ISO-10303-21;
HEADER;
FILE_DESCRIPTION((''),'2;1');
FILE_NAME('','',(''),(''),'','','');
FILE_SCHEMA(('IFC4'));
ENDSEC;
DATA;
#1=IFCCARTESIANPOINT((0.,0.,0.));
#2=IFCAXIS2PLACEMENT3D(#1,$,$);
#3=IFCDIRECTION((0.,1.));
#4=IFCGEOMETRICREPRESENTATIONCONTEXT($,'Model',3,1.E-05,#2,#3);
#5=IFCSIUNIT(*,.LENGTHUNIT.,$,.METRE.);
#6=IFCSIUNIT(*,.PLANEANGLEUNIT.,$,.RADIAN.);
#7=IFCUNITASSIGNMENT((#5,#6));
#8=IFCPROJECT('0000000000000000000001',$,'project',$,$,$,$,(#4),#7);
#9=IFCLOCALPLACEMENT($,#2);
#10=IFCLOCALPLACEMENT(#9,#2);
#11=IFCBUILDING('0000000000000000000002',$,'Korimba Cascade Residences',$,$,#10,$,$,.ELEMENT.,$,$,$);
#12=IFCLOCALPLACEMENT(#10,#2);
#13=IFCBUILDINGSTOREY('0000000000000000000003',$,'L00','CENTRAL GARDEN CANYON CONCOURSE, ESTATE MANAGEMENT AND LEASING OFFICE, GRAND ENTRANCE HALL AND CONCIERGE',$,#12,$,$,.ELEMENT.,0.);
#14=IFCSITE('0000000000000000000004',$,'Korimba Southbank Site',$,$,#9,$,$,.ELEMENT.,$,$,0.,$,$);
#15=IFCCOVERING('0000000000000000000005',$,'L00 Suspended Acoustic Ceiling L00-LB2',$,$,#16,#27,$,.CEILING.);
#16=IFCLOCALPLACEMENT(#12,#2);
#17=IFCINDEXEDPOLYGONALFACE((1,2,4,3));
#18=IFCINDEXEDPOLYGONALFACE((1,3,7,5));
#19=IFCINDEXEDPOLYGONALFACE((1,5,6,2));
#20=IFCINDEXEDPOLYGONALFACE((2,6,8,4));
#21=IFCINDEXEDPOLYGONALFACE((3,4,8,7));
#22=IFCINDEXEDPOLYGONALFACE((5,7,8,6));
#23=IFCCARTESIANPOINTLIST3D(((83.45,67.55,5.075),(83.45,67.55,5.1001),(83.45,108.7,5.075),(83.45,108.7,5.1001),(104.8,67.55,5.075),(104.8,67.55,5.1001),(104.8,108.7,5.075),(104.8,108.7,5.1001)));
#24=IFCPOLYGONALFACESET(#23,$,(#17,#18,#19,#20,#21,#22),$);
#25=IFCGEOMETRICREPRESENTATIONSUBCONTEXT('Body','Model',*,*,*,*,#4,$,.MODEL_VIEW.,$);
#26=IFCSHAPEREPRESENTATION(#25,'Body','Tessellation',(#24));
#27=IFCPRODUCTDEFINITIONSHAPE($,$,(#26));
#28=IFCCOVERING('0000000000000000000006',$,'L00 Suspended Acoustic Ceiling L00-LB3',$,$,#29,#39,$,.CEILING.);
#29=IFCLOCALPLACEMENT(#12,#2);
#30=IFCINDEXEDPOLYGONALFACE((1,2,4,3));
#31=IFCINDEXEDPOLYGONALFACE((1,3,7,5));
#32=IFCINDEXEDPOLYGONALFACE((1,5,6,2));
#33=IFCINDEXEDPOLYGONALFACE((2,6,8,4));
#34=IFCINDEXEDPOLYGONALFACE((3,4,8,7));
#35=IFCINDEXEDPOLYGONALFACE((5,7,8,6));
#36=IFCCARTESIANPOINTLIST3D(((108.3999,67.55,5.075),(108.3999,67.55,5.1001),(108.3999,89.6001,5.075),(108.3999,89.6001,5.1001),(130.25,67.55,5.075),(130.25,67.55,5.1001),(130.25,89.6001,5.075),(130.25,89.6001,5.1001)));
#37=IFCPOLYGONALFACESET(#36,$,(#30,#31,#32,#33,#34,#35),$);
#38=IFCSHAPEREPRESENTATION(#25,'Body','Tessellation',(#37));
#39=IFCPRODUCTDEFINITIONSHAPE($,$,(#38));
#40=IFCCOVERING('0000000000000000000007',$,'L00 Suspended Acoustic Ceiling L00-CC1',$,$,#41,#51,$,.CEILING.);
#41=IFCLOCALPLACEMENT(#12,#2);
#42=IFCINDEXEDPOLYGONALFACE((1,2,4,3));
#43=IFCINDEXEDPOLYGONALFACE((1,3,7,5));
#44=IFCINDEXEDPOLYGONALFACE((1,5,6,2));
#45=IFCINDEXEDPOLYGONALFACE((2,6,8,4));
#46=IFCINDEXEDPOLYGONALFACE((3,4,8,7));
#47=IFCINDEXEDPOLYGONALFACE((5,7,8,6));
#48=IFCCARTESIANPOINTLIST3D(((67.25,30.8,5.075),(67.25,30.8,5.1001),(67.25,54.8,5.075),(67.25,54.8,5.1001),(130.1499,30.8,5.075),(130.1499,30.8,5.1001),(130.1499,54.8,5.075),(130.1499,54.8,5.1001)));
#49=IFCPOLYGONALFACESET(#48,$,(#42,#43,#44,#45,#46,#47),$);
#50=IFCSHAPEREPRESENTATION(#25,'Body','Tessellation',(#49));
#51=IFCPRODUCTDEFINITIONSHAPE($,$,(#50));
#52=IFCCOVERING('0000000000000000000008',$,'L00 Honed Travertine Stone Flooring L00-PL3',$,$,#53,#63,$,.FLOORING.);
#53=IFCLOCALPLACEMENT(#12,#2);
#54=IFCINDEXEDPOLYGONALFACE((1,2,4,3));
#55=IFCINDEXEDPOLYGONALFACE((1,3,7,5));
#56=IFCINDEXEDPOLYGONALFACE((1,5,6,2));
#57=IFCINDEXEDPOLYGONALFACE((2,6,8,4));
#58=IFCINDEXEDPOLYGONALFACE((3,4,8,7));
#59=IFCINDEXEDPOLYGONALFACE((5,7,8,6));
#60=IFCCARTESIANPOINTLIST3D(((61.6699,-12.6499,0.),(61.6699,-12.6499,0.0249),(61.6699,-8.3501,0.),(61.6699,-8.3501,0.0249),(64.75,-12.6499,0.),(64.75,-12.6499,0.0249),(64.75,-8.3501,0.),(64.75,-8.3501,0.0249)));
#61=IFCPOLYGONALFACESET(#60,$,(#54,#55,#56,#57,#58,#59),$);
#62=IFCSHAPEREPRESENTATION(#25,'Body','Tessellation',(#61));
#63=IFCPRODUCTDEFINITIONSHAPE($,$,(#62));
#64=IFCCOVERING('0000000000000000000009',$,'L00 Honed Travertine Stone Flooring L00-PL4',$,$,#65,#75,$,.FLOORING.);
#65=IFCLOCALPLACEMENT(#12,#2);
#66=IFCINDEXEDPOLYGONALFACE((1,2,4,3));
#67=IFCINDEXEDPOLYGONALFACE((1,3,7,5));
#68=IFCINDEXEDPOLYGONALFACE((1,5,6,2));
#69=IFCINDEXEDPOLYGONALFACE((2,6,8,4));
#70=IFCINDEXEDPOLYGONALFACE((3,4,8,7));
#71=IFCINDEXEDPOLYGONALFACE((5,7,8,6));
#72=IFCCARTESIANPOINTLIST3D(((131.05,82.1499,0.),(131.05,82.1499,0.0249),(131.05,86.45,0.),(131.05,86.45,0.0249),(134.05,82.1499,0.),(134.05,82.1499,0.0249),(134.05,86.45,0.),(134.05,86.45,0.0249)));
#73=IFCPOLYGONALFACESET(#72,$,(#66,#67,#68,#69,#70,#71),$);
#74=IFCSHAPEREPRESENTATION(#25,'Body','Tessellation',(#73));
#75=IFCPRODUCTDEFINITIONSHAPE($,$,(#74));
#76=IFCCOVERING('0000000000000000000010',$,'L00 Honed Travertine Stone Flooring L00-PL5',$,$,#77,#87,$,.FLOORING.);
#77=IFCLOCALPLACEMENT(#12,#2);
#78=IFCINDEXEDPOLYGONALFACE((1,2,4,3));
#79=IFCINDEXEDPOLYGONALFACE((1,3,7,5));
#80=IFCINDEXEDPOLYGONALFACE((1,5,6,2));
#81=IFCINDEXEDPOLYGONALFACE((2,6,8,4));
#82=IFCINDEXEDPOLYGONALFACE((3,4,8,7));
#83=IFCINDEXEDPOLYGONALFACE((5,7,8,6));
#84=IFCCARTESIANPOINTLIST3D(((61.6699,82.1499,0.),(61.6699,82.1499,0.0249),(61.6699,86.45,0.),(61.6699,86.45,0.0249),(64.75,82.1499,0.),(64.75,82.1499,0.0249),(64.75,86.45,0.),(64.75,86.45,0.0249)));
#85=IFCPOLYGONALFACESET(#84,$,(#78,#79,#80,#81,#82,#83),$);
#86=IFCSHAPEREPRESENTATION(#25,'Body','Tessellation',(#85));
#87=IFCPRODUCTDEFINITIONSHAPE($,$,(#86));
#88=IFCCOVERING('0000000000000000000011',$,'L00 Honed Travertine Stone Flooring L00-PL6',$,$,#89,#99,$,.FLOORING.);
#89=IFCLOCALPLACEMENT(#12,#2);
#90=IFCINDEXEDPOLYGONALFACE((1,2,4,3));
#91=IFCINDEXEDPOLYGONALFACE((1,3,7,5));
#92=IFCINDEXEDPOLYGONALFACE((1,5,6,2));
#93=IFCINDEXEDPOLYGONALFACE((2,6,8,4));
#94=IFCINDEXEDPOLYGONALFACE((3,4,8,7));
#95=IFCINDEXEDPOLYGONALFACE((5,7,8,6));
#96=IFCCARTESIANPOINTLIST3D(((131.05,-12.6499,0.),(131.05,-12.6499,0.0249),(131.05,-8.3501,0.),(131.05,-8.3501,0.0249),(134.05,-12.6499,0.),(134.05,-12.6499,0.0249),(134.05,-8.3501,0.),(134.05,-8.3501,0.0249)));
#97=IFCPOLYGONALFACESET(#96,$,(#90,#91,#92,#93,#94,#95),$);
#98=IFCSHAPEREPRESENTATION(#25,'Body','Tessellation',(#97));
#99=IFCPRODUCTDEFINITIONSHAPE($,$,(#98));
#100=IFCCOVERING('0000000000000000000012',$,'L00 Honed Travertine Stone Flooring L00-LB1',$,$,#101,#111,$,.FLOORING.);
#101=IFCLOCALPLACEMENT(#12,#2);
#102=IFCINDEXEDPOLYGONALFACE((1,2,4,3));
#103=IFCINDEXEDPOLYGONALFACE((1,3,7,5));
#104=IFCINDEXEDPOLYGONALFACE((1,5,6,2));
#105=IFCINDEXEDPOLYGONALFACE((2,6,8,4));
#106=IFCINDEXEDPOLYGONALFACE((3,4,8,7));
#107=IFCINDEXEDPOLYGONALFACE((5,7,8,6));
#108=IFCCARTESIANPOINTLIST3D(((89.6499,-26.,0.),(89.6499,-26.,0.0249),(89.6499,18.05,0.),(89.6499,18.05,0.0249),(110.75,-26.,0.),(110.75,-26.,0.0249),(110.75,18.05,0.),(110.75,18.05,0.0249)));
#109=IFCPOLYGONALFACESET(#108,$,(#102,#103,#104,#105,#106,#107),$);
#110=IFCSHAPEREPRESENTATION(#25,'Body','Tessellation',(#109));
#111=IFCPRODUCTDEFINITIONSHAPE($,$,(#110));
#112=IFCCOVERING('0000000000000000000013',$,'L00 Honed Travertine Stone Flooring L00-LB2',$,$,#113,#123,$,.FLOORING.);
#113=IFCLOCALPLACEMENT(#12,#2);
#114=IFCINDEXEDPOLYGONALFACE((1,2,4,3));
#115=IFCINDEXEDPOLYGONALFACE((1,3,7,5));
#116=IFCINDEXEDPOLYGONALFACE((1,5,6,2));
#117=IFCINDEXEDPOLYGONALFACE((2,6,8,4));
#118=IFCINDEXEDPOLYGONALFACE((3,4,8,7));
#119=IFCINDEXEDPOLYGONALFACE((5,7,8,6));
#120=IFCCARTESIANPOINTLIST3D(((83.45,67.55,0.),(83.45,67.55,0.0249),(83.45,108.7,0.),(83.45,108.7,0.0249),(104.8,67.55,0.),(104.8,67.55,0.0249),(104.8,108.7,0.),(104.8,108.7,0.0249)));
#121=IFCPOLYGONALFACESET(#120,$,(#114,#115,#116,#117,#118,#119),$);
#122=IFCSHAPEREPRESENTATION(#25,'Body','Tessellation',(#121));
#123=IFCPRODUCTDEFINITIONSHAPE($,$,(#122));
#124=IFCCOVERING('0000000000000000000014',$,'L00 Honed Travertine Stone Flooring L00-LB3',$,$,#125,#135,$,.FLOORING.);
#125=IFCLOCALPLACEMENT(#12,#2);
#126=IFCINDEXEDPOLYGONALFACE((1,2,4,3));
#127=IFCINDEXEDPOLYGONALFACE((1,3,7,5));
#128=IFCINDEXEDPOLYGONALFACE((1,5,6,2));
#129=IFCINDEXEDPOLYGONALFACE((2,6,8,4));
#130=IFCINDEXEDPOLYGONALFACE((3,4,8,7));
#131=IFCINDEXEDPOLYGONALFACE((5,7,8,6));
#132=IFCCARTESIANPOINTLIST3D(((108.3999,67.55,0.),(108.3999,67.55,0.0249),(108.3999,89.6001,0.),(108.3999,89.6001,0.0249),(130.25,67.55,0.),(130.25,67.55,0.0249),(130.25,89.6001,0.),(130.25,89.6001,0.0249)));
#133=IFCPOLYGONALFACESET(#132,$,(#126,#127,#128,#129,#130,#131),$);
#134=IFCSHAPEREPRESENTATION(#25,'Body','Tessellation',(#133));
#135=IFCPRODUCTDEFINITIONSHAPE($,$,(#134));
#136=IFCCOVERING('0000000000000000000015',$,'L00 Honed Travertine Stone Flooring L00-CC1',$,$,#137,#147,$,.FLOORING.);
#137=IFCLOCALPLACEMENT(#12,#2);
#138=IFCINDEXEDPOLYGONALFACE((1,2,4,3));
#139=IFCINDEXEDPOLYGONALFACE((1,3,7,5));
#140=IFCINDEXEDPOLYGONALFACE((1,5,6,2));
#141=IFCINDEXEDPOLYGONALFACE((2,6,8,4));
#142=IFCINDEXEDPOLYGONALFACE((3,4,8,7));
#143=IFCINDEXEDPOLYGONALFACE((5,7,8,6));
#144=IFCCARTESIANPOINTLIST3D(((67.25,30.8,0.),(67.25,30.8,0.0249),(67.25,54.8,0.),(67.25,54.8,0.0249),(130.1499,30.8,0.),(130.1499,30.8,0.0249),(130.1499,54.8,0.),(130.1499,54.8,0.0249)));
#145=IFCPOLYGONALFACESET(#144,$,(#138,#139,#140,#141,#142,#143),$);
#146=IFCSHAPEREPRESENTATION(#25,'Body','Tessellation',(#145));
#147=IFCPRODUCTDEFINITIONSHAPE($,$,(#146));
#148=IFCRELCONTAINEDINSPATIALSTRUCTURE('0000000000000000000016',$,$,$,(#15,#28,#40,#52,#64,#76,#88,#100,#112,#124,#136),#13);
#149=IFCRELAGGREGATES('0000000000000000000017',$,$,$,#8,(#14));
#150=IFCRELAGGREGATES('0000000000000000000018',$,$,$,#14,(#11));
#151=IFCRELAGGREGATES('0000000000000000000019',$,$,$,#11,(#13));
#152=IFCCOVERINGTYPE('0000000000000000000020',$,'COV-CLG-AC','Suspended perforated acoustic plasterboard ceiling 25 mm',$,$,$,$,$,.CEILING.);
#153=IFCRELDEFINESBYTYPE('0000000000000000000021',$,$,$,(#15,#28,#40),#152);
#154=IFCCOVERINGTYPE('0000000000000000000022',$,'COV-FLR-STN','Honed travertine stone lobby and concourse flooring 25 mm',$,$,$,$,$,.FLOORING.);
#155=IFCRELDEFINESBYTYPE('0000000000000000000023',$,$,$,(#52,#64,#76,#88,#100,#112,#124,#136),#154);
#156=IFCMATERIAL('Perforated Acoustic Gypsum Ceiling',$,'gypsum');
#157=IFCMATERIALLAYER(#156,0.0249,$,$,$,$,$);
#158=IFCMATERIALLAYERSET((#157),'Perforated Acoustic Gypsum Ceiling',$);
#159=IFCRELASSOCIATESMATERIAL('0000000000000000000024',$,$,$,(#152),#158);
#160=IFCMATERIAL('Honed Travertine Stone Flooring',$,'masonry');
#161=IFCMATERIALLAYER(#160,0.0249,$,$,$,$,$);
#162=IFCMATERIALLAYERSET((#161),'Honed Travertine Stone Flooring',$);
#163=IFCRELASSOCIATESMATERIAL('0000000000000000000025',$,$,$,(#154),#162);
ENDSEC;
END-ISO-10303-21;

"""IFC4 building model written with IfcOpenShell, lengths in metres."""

from ifc_helpers import new_model, si_unit, direction, frame, origin, place, context, subcontext, project, spatial, polyline, outline, extrude, material, layer, layer_set, type_object, element, save


model = new_model("IFC4")

# Units and contexts
model_context = context("Model", 3, precision=1e-05, world=origin(), true_north=direction((0.0, 1.0)))
body_context = subcontext(model_context, "Body", "Model", "MODEL_VIEW")
ifc_project = project(units=[si_unit("LENGTHUNIT", "METRE"), si_unit("PLANEANGLEUNIT", "RADIAN")], contexts=[model_context])

# Site, building, storey
site_placement = place(None, origin())
site = spatial("IfcSite", under=ifc_project, at=site_placement, Name="Korimba Southbank Site", CompositionType="ELEMENT", RefElevation=0.0)
building_placement = place(site_placement, origin())
building = spatial("IfcBuilding", under=site, at=building_placement, Name="Korimba Cascade Residences", CompositionType="ELEMENT")
storey_placement = place(building_placement, origin())
storey = spatial("IfcBuildingStorey", under=building, at=storey_placement, Name="L00", Description="CENTRAL GARDEN CANYON CONCOURSE, ESTATE MANAGEMENT AND LEASING OFFICE, GRAND ENTRANCE HALL AND CONCIERGE", CompositionType="ELEMENT", Elevation=0.0)

# Coverings
ifc_material_1 = material(Name="Perforated Acoustic Gypsum Ceiling", Category="gypsum")
ifc_layer_1 = layer(ifc_material_1, 0.0249)
ifc_layer_set_1 = layer_set([ifc_layer_1], Name="Perforated Acoustic Gypsum Ceiling")
covering_type_1 = type_object("IfcCoveringType", Name="COV-CLG-AC", Description="Suspended perforated acoustic plasterboard ceiling 25 mm", PredefinedType="CEILING", material=ifc_layer_set_1)
covering_1_placement = place(storey_placement, frame((0.0, 0.0, 5.075)))
element("IfcCovering", 1, at=covering_1_placement, inside=storey, type_object=covering_type_1, Name="L00 Suspended Acoustic Ceiling L00-LB2", PredefinedType="CEILING", context=body_context, shape_type="SweptSolid", body=[
    extrude(outline(polyline([(83.45, 67.55), (104.8, 67.55), (104.8, 108.7), (83.45, 108.7), (83.45, 67.55)])), origin(), (0.0, 0.0, 1.0), 0.0251),
])
covering_2_placement = place(storey_placement, frame((0.0, 0.0, 5.075)))
element("IfcCovering", 2, at=covering_2_placement, inside=storey, type_object=covering_type_1, Name="L00 Suspended Acoustic Ceiling L00-LB3", PredefinedType="CEILING", context=body_context, shape_type="SweptSolid", body=[
    extrude(outline(polyline([(108.3999, 67.55), (130.25, 67.55), (130.25, 89.6001), (108.3999, 89.6001), (108.3999, 67.55)])), origin(), (0.0, 0.0, 1.0), 0.0251),
])
covering_3_placement = place(storey_placement, frame((0.0, 0.0, 5.075)))
element("IfcCovering", 3, at=covering_3_placement, inside=storey, type_object=covering_type_1, Name="L00 Suspended Acoustic Ceiling L00-CC1", PredefinedType="CEILING", context=body_context, shape_type="SweptSolid", body=[
    extrude(outline(polyline([(67.25, 30.8), (130.1499, 30.8), (130.1499, 54.8), (67.25, 54.8), (67.25, 30.8)])), origin(), (0.0, 0.0, 1.0), 0.0251),
])
ifc_material_2 = material(Name="Honed Travertine Stone Flooring", Category="masonry")
ifc_layer_2 = layer(ifc_material_2, 0.0249)
ifc_layer_set_2 = layer_set([ifc_layer_2], Name="Honed Travertine Stone Flooring")
covering_type_2 = type_object("IfcCoveringType", Name="COV-FLR-STN", Description="Honed travertine stone lobby and concourse flooring 25 mm", PredefinedType="FLOORING", material=ifc_layer_set_2)
covering_4_placement = place(storey_placement, origin())
element("IfcCovering", 4, at=covering_4_placement, inside=storey, type_object=covering_type_2, Name="L00 Honed Travertine Stone Flooring L00-PL3", PredefinedType="FLOORING", context=body_context, shape_type="SweptSolid", body=[
    extrude(outline(polyline([(61.6699, -12.6499), (64.75, -12.6499), (64.75, -8.3501), (61.6699, -8.3501), (61.6699, -12.6499)])), origin(), (0.0, 0.0, 1.0), 0.0249),
])
covering_5_placement = place(storey_placement, origin())
element("IfcCovering", 5, at=covering_5_placement, inside=storey, type_object=covering_type_2, Name="L00 Honed Travertine Stone Flooring L00-PL4", PredefinedType="FLOORING", context=body_context, shape_type="SweptSolid", body=[
    extrude(outline(polyline([(131.05, 82.1499), (134.05, 82.1499), (134.05, 86.45), (131.05, 86.45), (131.05, 82.1499)])), origin(), (0.0, 0.0, 1.0), 0.0249),
])
covering_6_placement = place(storey_placement, origin())
element("IfcCovering", 6, at=covering_6_placement, inside=storey, type_object=covering_type_2, Name="L00 Honed Travertine Stone Flooring L00-PL5", PredefinedType="FLOORING", context=body_context, shape_type="SweptSolid", body=[
    extrude(outline(polyline([(61.6699, 82.1499), (64.75, 82.1499), (64.75, 86.45), (61.6699, 86.45), (61.6699, 82.1499)])), origin(), (0.0, 0.0, 1.0), 0.0249),
])
covering_7_placement = place(storey_placement, origin())
element("IfcCovering", 7, at=covering_7_placement, inside=storey, type_object=covering_type_2, Name="L00 Honed Travertine Stone Flooring L00-PL6", PredefinedType="FLOORING", context=body_context, shape_type="SweptSolid", body=[
    extrude(outline(polyline([(131.05, -12.6499), (134.05, -12.6499), (134.05, -8.3501), (131.05, -8.3501), (131.05, -12.6499)])), origin(), (0.0, 0.0, 1.0), 0.0249),
])
covering_8_placement = place(storey_placement, origin())
element("IfcCovering", 8, at=covering_8_placement, inside=storey, type_object=covering_type_2, Name="L00 Honed Travertine Stone Flooring L00-LB1", PredefinedType="FLOORING", context=body_context, shape_type="SweptSolid", body=[
    extrude(outline(polyline([(89.6499, -26.0), (110.75, -26.0), (110.75, 18.05), (89.6499, 18.05), (89.6499, -26.0)])), origin(), (0.0, 0.0, 1.0), 0.0249),
])
covering_9_placement = place(storey_placement, origin())
element("IfcCovering", 9, at=covering_9_placement, inside=storey, type_object=covering_type_2, Name="L00 Honed Travertine Stone Flooring L00-LB2", PredefinedType="FLOORING", context=body_context, shape_type="SweptSolid", body=[
    extrude(outline(polyline([(83.45, 67.55), (104.8, 67.55), (104.8, 108.7), (83.45, 108.7), (83.45, 67.55)])), origin(), (0.0, 0.0, 1.0), 0.0249),
])
covering_10_placement = place(storey_placement, origin())
element("IfcCovering", 10, at=covering_10_placement, inside=storey, type_object=covering_type_2, Name="L00 Honed Travertine Stone Flooring L00-LB3", PredefinedType="FLOORING", context=body_context, shape_type="SweptSolid", body=[
    extrude(outline(polyline([(108.3999, 67.55), (130.25, 67.55), (130.25, 89.6001), (108.3999, 89.6001), (108.3999, 67.55)])), origin(), (0.0, 0.0, 1.0), 0.0249),
])
covering_11_placement = place(storey_placement, origin())
element("IfcCovering", 11, at=covering_11_placement, inside=storey, type_object=covering_type_2, Name="L00 Honed Travertine Stone Flooring L00-CC1", PredefinedType="FLOORING", context=body_context, shape_type="SweptSolid", body=[
    extrude(outline(polyline([(67.25, 30.8), (130.1499, 30.8), (130.1499, 54.8), (67.25, 54.8), (67.25, 30.8)])), origin(), (0.0, 0.0, 1.0), 0.0249),
])

save(model, "model.ifc")
